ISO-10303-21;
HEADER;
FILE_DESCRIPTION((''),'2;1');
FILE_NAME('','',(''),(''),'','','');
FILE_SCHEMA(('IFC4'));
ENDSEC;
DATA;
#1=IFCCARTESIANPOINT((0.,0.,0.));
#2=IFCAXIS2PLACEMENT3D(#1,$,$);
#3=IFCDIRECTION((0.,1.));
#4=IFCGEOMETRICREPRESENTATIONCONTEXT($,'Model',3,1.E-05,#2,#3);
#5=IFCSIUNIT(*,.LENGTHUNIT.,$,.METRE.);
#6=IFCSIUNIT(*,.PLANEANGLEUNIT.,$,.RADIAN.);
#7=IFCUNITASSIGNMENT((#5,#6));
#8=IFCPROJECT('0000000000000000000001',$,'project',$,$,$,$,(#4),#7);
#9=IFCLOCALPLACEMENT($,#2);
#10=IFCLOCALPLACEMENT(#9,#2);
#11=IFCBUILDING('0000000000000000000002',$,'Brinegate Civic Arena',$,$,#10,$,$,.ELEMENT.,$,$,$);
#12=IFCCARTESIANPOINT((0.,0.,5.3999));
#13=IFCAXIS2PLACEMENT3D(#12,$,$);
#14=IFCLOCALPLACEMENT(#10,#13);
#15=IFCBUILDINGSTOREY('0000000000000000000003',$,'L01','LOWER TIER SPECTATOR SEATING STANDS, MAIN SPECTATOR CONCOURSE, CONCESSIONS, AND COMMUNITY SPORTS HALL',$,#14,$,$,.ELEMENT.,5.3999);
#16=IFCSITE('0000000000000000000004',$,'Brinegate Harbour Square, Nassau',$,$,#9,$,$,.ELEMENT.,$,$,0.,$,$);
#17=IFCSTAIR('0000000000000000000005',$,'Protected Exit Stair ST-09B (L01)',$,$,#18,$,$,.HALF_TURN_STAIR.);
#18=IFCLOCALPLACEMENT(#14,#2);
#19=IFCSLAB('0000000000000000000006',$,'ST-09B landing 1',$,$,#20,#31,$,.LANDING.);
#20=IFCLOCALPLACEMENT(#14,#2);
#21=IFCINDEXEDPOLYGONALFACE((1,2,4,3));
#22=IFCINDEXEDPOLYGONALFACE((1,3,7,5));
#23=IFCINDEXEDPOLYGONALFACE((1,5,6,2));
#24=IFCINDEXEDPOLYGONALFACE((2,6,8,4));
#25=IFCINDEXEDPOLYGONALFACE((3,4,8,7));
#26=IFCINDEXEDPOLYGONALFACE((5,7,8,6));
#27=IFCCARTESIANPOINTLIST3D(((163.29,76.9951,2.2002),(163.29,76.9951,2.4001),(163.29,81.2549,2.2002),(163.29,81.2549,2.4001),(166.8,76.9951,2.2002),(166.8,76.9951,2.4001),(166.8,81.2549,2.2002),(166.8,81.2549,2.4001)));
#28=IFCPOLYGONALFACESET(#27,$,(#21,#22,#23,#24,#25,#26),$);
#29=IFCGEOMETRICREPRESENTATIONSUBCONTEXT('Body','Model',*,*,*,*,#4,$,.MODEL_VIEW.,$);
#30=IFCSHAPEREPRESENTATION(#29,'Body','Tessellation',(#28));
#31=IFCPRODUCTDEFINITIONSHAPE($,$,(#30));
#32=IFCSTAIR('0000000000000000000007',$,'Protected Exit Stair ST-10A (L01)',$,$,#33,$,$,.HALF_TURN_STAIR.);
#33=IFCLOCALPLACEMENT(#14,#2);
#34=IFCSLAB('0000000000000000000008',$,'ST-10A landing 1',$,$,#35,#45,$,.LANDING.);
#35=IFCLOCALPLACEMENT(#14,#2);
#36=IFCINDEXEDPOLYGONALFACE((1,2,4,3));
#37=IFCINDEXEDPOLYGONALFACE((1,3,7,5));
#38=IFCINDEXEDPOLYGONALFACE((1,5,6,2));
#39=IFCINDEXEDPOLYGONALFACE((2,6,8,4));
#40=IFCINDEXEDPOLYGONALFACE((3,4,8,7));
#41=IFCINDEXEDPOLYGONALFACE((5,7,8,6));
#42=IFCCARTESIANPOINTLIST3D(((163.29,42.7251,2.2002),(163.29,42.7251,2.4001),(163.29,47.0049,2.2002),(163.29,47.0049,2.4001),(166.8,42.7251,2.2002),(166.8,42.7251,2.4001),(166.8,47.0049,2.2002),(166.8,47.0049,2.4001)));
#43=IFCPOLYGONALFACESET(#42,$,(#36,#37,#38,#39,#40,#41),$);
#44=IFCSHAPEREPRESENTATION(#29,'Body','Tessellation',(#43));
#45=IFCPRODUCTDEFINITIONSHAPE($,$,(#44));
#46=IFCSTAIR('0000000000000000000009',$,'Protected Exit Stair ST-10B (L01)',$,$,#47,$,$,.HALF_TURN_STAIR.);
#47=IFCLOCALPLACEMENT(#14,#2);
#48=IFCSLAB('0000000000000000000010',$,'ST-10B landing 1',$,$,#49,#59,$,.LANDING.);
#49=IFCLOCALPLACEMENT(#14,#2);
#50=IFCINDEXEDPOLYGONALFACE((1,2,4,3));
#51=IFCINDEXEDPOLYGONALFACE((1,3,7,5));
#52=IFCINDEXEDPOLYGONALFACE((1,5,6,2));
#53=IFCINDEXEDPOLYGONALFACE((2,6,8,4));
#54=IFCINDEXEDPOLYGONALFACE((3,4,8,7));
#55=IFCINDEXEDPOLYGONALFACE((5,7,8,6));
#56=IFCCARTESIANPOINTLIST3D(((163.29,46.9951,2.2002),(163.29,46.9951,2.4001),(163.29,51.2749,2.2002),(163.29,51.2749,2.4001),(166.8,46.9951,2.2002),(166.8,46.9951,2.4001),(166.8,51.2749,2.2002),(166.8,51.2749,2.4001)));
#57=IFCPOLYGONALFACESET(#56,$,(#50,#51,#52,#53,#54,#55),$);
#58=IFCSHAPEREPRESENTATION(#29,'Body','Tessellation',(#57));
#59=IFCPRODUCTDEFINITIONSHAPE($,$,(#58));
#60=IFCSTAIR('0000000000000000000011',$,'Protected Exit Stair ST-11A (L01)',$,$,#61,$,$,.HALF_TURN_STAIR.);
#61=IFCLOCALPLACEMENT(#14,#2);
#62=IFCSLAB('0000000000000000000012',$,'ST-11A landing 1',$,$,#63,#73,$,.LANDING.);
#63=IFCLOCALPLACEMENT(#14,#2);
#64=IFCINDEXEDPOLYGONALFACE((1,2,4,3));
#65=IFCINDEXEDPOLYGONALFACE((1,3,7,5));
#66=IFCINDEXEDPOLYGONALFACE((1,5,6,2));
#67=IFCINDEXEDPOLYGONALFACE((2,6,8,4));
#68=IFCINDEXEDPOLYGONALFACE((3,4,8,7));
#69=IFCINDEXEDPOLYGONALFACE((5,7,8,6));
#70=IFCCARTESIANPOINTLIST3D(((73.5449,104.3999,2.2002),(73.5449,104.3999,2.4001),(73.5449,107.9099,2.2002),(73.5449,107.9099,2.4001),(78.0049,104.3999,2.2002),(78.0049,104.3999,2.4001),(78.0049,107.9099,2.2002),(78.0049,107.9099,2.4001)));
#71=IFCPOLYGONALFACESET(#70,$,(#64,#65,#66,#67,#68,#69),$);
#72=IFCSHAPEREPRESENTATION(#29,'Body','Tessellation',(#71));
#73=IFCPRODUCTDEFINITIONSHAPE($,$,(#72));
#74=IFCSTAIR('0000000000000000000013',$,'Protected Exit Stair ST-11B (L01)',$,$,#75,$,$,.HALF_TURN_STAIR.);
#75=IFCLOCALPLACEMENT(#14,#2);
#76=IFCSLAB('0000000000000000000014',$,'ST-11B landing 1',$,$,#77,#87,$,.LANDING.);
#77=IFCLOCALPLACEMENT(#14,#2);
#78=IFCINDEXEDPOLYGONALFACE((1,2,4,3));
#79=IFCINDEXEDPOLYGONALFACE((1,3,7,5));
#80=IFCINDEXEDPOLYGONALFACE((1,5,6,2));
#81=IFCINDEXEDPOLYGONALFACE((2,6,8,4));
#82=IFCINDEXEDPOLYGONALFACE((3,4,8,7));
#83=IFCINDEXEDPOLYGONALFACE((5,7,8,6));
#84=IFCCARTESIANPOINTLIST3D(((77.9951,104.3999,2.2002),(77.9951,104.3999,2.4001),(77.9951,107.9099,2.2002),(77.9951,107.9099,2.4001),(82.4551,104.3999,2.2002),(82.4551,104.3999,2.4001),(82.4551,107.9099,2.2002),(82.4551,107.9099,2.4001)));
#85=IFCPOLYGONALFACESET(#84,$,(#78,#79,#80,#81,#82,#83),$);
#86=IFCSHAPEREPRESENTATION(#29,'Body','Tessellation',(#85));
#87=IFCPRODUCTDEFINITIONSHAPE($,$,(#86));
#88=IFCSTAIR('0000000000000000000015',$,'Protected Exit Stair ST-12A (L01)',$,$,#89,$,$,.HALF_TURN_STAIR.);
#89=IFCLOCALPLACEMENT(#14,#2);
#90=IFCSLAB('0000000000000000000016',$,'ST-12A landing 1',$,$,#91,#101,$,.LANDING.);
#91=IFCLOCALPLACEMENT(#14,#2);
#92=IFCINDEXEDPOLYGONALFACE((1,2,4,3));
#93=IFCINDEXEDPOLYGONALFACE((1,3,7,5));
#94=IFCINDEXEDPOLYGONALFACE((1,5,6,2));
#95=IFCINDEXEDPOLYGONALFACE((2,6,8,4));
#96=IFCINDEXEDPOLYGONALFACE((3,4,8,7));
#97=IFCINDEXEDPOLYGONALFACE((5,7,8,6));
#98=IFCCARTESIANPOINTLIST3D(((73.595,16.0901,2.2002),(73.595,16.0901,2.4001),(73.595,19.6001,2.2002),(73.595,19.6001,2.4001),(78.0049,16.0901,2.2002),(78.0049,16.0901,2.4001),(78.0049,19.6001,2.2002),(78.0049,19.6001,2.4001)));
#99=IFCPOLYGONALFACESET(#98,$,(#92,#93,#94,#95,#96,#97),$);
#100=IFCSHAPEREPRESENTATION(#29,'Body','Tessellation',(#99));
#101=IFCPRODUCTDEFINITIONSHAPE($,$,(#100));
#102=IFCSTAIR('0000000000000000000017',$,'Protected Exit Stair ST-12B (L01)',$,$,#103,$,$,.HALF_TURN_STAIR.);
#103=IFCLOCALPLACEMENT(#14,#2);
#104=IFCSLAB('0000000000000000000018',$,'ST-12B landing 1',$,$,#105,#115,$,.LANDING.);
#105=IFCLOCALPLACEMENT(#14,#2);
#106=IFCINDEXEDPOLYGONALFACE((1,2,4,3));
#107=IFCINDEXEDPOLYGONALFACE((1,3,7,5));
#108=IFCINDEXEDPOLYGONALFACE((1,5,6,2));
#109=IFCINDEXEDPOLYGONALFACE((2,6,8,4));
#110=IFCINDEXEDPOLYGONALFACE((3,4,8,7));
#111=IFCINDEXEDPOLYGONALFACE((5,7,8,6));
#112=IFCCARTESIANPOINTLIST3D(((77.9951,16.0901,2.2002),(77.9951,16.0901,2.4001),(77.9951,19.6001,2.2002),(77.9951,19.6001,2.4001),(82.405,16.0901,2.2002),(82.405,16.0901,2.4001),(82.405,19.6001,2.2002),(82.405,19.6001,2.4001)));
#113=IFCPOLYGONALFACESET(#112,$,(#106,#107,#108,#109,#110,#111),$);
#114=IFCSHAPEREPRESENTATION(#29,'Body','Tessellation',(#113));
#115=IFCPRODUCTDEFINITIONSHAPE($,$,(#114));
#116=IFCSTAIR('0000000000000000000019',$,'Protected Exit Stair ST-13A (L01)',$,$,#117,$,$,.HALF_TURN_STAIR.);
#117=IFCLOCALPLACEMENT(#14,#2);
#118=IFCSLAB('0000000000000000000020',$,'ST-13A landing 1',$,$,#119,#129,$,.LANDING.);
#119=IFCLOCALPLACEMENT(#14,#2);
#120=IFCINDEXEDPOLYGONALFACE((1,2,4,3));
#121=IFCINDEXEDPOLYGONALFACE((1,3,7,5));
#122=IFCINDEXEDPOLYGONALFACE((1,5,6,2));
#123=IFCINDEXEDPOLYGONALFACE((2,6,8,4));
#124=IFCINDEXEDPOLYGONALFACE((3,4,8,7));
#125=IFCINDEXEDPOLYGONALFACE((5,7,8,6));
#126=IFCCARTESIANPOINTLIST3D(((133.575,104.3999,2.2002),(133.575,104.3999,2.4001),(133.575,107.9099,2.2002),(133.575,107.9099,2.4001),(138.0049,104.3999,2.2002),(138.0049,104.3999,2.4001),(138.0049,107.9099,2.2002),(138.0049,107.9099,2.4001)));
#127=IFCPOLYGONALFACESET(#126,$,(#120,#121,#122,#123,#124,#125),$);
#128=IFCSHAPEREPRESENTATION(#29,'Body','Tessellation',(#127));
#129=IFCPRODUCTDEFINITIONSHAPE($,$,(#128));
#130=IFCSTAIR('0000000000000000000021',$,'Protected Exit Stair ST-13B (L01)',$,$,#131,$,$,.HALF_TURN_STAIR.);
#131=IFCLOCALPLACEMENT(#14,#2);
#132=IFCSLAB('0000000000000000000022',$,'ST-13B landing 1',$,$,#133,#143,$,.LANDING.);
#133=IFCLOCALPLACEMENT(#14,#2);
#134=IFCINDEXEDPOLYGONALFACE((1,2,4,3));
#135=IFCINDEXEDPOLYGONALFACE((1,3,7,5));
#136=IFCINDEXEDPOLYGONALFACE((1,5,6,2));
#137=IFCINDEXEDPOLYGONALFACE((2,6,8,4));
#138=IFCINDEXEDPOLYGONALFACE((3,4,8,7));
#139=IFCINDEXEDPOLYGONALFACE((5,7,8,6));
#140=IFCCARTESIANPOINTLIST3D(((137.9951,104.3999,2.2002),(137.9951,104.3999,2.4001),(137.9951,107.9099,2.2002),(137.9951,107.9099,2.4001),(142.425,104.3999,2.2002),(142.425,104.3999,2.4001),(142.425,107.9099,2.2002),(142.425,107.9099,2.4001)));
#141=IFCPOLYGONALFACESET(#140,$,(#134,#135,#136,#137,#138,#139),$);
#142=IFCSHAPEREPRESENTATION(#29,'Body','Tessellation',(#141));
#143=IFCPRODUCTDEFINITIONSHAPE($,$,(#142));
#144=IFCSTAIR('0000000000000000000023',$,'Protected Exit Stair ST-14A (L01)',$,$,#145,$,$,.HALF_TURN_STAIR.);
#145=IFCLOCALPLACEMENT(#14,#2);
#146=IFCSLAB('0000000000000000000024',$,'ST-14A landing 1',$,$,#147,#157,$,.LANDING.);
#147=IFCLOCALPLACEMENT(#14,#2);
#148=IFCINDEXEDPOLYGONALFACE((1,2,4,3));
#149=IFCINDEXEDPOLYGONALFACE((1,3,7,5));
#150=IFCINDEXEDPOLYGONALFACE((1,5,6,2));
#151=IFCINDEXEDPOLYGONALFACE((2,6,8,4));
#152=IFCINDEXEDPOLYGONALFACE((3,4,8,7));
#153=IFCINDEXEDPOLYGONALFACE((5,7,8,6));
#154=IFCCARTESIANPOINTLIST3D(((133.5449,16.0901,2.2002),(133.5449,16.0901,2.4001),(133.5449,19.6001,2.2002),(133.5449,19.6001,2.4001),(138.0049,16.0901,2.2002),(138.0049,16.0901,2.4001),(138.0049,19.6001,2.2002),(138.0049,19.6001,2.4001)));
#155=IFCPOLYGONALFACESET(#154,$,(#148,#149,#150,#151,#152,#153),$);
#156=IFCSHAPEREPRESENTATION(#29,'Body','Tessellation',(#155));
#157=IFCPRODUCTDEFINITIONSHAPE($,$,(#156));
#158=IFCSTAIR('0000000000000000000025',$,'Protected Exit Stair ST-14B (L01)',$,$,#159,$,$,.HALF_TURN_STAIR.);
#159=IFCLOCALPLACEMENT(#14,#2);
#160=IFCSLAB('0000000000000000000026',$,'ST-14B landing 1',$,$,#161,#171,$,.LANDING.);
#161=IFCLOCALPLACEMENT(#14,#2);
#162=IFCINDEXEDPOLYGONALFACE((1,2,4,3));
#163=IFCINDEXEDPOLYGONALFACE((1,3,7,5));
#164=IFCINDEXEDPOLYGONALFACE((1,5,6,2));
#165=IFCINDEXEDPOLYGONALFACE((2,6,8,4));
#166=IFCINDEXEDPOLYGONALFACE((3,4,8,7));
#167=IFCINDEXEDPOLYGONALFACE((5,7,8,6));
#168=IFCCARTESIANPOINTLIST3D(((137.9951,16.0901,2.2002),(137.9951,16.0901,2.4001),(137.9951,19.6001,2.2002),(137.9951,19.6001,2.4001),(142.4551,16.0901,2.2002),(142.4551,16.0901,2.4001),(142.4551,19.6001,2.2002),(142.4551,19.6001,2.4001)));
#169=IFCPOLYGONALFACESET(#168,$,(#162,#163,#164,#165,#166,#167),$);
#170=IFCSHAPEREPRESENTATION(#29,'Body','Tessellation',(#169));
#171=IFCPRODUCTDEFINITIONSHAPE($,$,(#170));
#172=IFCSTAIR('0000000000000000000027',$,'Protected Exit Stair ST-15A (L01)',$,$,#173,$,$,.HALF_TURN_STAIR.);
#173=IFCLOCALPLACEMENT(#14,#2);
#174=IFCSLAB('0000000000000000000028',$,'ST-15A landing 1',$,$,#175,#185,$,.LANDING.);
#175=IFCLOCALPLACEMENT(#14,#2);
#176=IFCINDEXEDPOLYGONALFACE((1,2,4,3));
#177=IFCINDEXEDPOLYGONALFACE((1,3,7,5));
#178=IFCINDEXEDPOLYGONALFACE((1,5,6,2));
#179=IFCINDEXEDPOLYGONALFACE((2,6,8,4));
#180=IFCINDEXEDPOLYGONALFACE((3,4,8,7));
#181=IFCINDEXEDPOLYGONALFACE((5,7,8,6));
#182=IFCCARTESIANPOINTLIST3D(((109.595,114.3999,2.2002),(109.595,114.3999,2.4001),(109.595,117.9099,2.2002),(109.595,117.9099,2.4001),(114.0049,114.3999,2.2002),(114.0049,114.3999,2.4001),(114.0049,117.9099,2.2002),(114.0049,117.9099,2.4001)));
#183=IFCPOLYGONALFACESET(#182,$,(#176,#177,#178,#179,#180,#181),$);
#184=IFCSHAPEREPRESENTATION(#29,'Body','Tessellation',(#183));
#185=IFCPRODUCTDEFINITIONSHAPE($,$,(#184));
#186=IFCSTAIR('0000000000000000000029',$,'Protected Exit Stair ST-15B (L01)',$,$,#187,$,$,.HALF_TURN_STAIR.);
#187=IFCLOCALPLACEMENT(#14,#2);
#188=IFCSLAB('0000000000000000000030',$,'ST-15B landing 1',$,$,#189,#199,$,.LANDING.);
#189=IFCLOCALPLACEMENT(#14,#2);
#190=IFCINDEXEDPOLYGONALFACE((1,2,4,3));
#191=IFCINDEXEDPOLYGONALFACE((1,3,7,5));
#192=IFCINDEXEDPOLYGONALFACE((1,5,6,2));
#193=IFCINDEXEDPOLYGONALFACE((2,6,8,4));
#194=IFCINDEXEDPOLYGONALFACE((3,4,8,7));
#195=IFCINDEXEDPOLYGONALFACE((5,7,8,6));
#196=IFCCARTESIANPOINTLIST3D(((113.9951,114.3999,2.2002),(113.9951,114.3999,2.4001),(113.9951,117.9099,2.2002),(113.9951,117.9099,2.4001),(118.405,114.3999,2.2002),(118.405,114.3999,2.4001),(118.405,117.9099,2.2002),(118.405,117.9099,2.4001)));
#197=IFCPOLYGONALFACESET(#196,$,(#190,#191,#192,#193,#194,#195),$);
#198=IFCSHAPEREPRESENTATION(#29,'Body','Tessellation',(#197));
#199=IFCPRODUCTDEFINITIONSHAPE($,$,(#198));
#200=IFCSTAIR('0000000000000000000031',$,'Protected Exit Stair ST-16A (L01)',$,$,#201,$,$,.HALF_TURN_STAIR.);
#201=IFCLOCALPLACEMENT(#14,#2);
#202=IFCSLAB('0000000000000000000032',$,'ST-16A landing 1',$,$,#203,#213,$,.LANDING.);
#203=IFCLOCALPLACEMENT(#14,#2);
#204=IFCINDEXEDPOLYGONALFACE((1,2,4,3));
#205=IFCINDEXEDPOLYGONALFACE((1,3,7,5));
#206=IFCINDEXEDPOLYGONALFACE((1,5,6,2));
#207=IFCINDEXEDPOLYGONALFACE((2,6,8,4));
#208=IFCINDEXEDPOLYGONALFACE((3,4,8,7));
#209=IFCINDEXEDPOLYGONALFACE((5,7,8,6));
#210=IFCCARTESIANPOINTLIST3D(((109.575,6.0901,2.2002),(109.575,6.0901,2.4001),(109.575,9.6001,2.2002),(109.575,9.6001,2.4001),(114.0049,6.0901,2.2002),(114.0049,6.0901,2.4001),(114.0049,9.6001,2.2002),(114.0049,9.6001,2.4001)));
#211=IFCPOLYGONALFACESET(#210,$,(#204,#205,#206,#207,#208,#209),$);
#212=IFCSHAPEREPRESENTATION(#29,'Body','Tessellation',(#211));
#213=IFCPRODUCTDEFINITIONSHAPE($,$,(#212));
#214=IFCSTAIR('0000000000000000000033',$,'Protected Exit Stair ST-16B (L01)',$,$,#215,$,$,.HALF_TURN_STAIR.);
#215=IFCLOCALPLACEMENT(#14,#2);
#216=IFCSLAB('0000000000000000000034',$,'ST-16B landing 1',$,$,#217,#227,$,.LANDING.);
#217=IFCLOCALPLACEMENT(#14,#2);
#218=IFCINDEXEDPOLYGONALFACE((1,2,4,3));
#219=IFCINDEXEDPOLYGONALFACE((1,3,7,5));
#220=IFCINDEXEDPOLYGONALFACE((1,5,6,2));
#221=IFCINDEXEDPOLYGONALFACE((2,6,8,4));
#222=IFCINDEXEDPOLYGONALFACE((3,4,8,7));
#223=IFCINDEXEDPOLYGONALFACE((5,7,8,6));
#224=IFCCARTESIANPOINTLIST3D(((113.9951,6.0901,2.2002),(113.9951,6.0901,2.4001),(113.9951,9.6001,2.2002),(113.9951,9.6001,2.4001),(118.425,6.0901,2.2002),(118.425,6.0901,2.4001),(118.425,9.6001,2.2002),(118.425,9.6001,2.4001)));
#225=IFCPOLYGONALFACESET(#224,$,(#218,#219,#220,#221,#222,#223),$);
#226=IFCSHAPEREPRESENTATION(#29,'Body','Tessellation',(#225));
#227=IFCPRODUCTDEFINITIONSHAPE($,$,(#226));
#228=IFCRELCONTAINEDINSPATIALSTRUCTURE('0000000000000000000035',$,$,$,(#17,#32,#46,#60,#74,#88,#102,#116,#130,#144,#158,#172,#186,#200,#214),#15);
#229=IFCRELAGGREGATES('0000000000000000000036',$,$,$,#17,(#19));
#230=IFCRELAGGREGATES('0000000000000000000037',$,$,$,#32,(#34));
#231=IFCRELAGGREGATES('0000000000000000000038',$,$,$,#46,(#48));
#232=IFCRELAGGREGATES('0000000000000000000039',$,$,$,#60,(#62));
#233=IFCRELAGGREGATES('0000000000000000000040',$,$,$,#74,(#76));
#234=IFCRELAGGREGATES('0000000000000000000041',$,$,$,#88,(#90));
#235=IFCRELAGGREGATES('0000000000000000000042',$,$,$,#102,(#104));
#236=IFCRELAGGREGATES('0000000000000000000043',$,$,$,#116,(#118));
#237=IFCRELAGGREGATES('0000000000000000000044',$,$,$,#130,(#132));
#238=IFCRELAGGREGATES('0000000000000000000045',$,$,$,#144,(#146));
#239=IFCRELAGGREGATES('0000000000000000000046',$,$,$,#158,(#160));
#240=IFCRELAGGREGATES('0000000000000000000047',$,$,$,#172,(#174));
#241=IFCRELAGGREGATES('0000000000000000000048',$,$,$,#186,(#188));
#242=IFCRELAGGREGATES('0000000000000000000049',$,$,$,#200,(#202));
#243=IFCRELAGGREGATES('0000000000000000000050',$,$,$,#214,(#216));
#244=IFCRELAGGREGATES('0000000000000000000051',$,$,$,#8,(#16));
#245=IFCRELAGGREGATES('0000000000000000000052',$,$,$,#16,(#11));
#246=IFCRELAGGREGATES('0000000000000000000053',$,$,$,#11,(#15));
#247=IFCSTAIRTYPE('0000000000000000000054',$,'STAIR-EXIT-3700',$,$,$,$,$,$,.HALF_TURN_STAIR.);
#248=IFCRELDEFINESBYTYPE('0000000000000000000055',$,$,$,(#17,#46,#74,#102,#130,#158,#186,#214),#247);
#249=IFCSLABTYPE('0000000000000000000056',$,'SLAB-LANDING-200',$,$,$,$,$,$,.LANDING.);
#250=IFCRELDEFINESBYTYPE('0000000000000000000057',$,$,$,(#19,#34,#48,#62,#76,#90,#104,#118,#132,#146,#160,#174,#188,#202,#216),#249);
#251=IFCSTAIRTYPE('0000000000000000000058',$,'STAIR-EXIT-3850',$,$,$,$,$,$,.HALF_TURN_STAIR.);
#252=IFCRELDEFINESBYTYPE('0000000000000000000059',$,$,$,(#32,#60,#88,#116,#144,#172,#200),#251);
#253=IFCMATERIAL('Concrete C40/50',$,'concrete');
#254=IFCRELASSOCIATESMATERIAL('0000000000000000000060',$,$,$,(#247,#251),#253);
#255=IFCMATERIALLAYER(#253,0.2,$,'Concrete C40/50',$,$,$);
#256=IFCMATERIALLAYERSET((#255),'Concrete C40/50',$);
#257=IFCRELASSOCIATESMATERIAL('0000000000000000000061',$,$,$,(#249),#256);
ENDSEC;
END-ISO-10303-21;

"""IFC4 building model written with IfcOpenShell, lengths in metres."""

from ifc_helpers import new_model, si_unit, direction, frame, origin, place, context, subcontext, project, spatial, polyline, outline, extrude, material, layer, layer_set, type_object, element, aggregate, save


model = new_model("IFC4")

# Units and contexts
model_context = context("Model", 3, precision=1e-05, world=origin(), true_north=direction((0.0, 1.0)))
body_context = subcontext(model_context, "Body", "Model", "MODEL_VIEW")
ifc_project = project(units=[si_unit("LENGTHUNIT", "METRE"), si_unit("PLANEANGLEUNIT", "RADIAN")], contexts=[model_context])

# Site, building, storey
site_placement = place(None, origin())
site = spatial("IfcSite", under=ifc_project, at=site_placement, Name="Brinegate Harbour Square, Nassau", CompositionType="ELEMENT", RefElevation=0.0)
building_placement = place(site_placement, origin())
building = spatial("IfcBuilding", under=site, at=building_placement, Name="Brinegate Civic Arena", CompositionType="ELEMENT")
storey_placement = place(building_placement, frame((0.0, 0.0, 5.3999)))
storey = spatial("IfcBuildingStorey", under=building, at=storey_placement, Name="L01", Description="LOWER TIER SPECTATOR SEATING STANDS, MAIN SPECTATOR CONCOURSE, CONCESSIONS, AND COMMUNITY SPORTS HALL", CompositionType="ELEMENT", Elevation=5.3999)

# Stairs, slabs
ifc_material_1 = material(Name="Concrete C40/50", Category="concrete")
stair_type_1 = type_object("IfcStairType", Name="STAIR-EXIT-3700", PredefinedType="HALF_TURN_STAIR", material=ifc_material_1)
stair_1_placement = place(storey_placement, origin())
stair_1 = element("IfcStair", 1, at=stair_1_placement, inside=storey, type_object=stair_type_1, Name="Protected Exit Stair ST-09B (L01)", PredefinedType="HALF_TURN_STAIR")
ifc_layer_1 = layer(ifc_material_1, 0.2, Name="Concrete C40/50")
ifc_layer_set_1 = layer_set([ifc_layer_1], Name="Concrete C40/50")
slab_type = type_object("IfcSlabType", Name="SLAB-LANDING-200", PredefinedType="LANDING", material=ifc_layer_set_1)
slab_1_placement = place(storey_placement, frame((0.0, 0.0, 2.2002)))
slab_1 = element("IfcSlab", 2, at=slab_1_placement, type_object=slab_type, Name="ST-09B landing 1", PredefinedType="LANDING", context=body_context, shape_type="SweptSolid", body=[
    extrude(outline(polyline([(163.29, 76.9951), (166.8, 76.9951), (166.8, 81.2549), (163.29, 81.2549), (163.29, 76.9951)])), origin(), (0.0, 0.0, 1.0), 0.2),
])
aggregate(stair_1, [slab_1])
stair_type_2 = type_object("IfcStairType", Name="STAIR-EXIT-3850", PredefinedType="HALF_TURN_STAIR", material=ifc_material_1)
stair_2_placement = place(storey_placement, origin())
stair_2 = element("IfcStair", 3, at=stair_2_placement, inside=storey, type_object=stair_type_2, Name="Protected Exit Stair ST-10A (L01)", PredefinedType="HALF_TURN_STAIR")
slab_2_placement = place(storey_placement, frame((0.0, 0.0, 2.2002)))
slab_2 = element("IfcSlab", 4, at=slab_2_placement, type_object=slab_type, Name="ST-10A landing 1", PredefinedType="LANDING", context=body_context, shape_type="SweptSolid", body=[
    extrude(outline(polyline([(163.29, 42.7251), (166.8, 42.7251), (166.8, 47.0049), (163.29, 47.0049), (163.29, 42.7251)])), origin(), (0.0, 0.0, 1.0), 0.2),
])
aggregate(stair_2, [slab_2])
stair_3_placement = place(storey_placement, origin())
stair_3 = element("IfcStair", 5, at=stair_3_placement, inside=storey, type_object=stair_type_1, Name="Protected Exit Stair ST-10B (L01)", PredefinedType="HALF_TURN_STAIR")
slab_3_placement = place(storey_placement, frame((0.0, 0.0, 2.2002)))
slab_3 = element("IfcSlab", 6, at=slab_3_placement, type_object=slab_type, Name="ST-10B landing 1", PredefinedType="LANDING", context=body_context, shape_type="SweptSolid", body=[
    extrude(outline(polyline([(163.29, 46.9951), (166.8, 46.9951), (166.8, 51.2749), (163.29, 51.2749), (163.29, 46.9951)])), origin(), (0.0, 0.0, 1.0), 0.2),
])
aggregate(stair_3, [slab_3])
stair_4_placement = place(storey_placement, origin())
stair_4 = element("IfcStair", 7, at=stair_4_placement, inside=storey, type_object=stair_type_2, Name="Protected Exit Stair ST-11A (L01)", PredefinedType="HALF_TURN_STAIR")
slab_4_placement = place(storey_placement, frame((0.0, 0.0, 2.2002)))
slab_4 = element("IfcSlab", 8, at=slab_4_placement, type_object=slab_type, Name="ST-11A landing 1", PredefinedType="LANDING", context=body_context, shape_type="SweptSolid", body=[
    extrude(outline(polyline([(73.5449, 104.3999), (78.0049, 104.3999), (78.0049, 107.9099), (73.5449, 107.9099), (73.5449, 104.3999)])), origin(), (0.0, 0.0, 1.0), 0.2),
])
aggregate(stair_4, [slab_4])
stair_5_placement = place(storey_placement, origin())
stair_5 = element("IfcStair", 9, at=stair_5_placement, inside=storey, type_object=stair_type_1, Name="Protected Exit Stair ST-11B (L01)", PredefinedType="HALF_TURN_STAIR")
slab_5_placement = place(storey_placement, frame((0.0, 0.0, 2.2002)))
slab_5 = element("IfcSlab", 10, at=slab_5_placement, type_object=slab_type, Name="ST-11B landing 1", PredefinedType="LANDING", context=body_context, shape_type="SweptSolid", body=[
    extrude(outline(polyline([(77.9951, 104.3999), (82.4551, 104.3999), (82.4551, 107.9099), (77.9951, 107.9099), (77.9951, 104.3999)])), origin(), (0.0, 0.0, 1.0), 0.2),
])
aggregate(stair_5, [slab_5])
stair_6_placement = place(storey_placement, origin())
stair_6 = element("IfcStair", 11, at=stair_6_placement, inside=storey, type_object=stair_type_2, Name="Protected Exit Stair ST-12A (L01)", PredefinedType="HALF_TURN_STAIR")
slab_6_placement = place(storey_placement, frame((0.0, 0.0, 2.2002)))
slab_6 = element("IfcSlab", 12, at=slab_6_placement, type_object=slab_type, Name="ST-12A landing 1", PredefinedType="LANDING", context=body_context, shape_type="SweptSolid", body=[
    extrude(outline(polyline([(73.595, 16.0901), (78.0049, 16.0901), (78.0049, 19.6001), (73.595, 19.6001), (73.595, 16.0901)])), origin(), (0.0, 0.0, 1.0), 0.2),
])
aggregate(stair_6, [slab_6])
stair_7_placement = place(storey_placement, origin())
stair_7 = element("IfcStair", 13, at=stair_7_placement, inside=storey, type_object=stair_type_1, Name="Protected Exit Stair ST-12B (L01)", PredefinedType="HALF_TURN_STAIR")
slab_7_placement = place(storey_placement, frame((0.0, 0.0, 2.2002)))
slab_7 = element("IfcSlab", 14, at=slab_7_placement, type_object=slab_type, Name="ST-12B landing 1", PredefinedType="LANDING", context=body_context, shape_type="SweptSolid", body=[
    extrude(outline(polyline([(77.9951, 16.0901), (82.405, 16.0901), (82.405, 19.6001), (77.9951, 19.6001), (77.9951, 16.0901)])), origin(), (0.0, 0.0, 1.0), 0.2),
])
aggregate(stair_7, [slab_7])
stair_8_placement = place(storey_placement, origin())
stair_8 = element("IfcStair", 15, at=stair_8_placement, inside=storey, type_object=stair_type_2, Name="Protected Exit Stair ST-13A (L01)", PredefinedType="HALF_TURN_STAIR")
slab_8_placement = place(storey_placement, frame((0.0, 0.0, 2.2002)))
slab_8 = element("IfcSlab", 16, at=slab_8_placement, type_object=slab_type, Name="ST-13A landing 1", PredefinedType="LANDING", context=body_context, shape_type="SweptSolid", body=[
    extrude(outline(polyline([(133.575, 104.3999), (138.0049, 104.3999), (138.0049, 107.9099), (133.575, 107.9099), (133.575, 104.3999)])), origin(), (0.0, 0.0, 1.0), 0.2),
])
aggregate(stair_8, [slab_8])
stair_9_placement = place(storey_placement, origin())
stair_9 = element("IfcStair", 17, at=stair_9_placement, inside=storey, type_object=stair_type_1, Name="Protected Exit Stair ST-13B (L01)", PredefinedType="HALF_TURN_STAIR")
slab_9_placement = place(storey_placement, frame((0.0, 0.0, 2.2002)))
slab_9 = element("IfcSlab", 18, at=slab_9_placement, type_object=slab_type, Name="ST-13B landing 1", PredefinedType="LANDING", context=body_context, shape_type="SweptSolid", body=[
    extrude(outline(polyline([(137.9951, 104.3999), (142.425, 104.3999), (142.425, 107.9099), (137.9951, 107.9099), (137.9951, 104.3999)])), origin(), (0.0, 0.0, 1.0), 0.2),
])
aggregate(stair_9, [slab_9])
stair_10_placement = place(storey_placement, origin())
stair_10 = element("IfcStair", 19, at=stair_10_placement, inside=storey, type_object=stair_type_2, Name="Protected Exit Stair ST-14A (L01)", PredefinedType="HALF_TURN_STAIR")
slab_10_placement = place(storey_placement, frame((0.0, 0.0, 2.2002)))
slab_10 = element("IfcSlab", 20, at=slab_10_placement, type_object=slab_type, Name="ST-14A landing 1", PredefinedType="LANDING", context=body_context, shape_type="SweptSolid", body=[
    extrude(outline(polyline([(133.5449, 16.0901), (138.0049, 16.0901), (138.0049, 19.6001), (133.5449, 19.6001), (133.5449, 16.0901)])), origin(), (0.0, 0.0, 1.0), 0.2),
])
aggregate(stair_10, [slab_10])
stair_11_placement = place(storey_placement, origin())
stair_11 = element("IfcStair", 21, at=stair_11_placement, inside=storey, type_object=stair_type_1, Name="Protected Exit Stair ST-14B (L01)", PredefinedType="HALF_TURN_STAIR")
slab_11_placement = place(storey_placement, frame((0.0, 0.0, 2.2002)))
slab_11 = element("IfcSlab", 22, at=slab_11_placement, type_object=slab_type, Name="ST-14B landing 1", PredefinedType="LANDING", context=body_context, shape_type="SweptSolid", body=[
    extrude(outline(polyline([(137.9951, 16.0901), (142.4551, 16.0901), (142.4551, 19.6001), (137.9951, 19.6001), (137.9951, 16.0901)])), origin(), (0.0, 0.0, 1.0), 0.2),
])
aggregate(stair_11, [slab_11])
stair_12_placement = place(storey_placement, origin())
stair_12 = element("IfcStair", 23, at=stair_12_placement, inside=storey, type_object=stair_type_2, Name="Protected Exit Stair ST-15A (L01)", PredefinedType="HALF_TURN_STAIR")
slab_12_placement = place(storey_placement, frame((0.0, 0.0, 2.2002)))
slab_12 = element("IfcSlab", 24, at=slab_12_placement, type_object=slab_type, Name="ST-15A landing 1", PredefinedType="LANDING", context=body_context, shape_type="SweptSolid", body=[
    extrude(outline(polyline([(109.595, 114.3999), (114.0049, 114.3999), (114.0049, 117.9099), (109.595, 117.9099), (109.595, 114.3999)])), origin(), (0.0, 0.0, 1.0), 0.2),
])
aggregate(stair_12, [slab_12])
stair_13_placement = place(storey_placement, origin())
stair_13 = element("IfcStair", 25, at=stair_13_placement, inside=storey, type_object=stair_type_1, Name="Protected Exit Stair ST-15B (L01)", PredefinedType="HALF_TURN_STAIR")
slab_13_placement = place(storey_placement, frame((0.0, 0.0, 2.2002)))
slab_13 = element("IfcSlab", 26, at=slab_13_placement, type_object=slab_type, Name="ST-15B landing 1", PredefinedType="LANDING", context=body_context, shape_type="SweptSolid", body=[
    extrude(outline(polyline([(113.9951, 114.3999), (118.405, 114.3999), (118.405, 117.9099), (113.9951, 117.9099), (113.9951, 114.3999)])), origin(), (0.0, 0.0, 1.0), 0.2),
])
aggregate(stair_13, [slab_13])
stair_14_placement = place(storey_placement, origin())
stair_14 = element("IfcStair", 27, at=stair_14_placement, inside=storey, type_object=stair_type_2, Name="Protected Exit Stair ST-16A (L01)", PredefinedType="HALF_TURN_STAIR")
slab_14_placement = place(storey_placement, frame((0.0, 0.0, 2.2002)))
slab_14 = element("IfcSlab", 28, at=slab_14_placement, type_object=slab_type, Name="ST-16A landing 1", PredefinedType="LANDING", context=body_context, shape_type="SweptSolid", body=[
    extrude(outline(polyline([(109.575, 6.0901), (114.0049, 6.0901), (114.0049, 9.6001), (109.575, 9.6001), (109.575, 6.0901)])), origin(), (0.0, 0.0, 1.0), 0.2),
])
aggregate(stair_14, [slab_14])
stair_15_placement = place(storey_placement, origin())
stair_15 = element("IfcStair", 29, at=stair_15_placement, inside=storey, type_object=stair_type_1, Name="Protected Exit Stair ST-16B (L01)", PredefinedType="HALF_TURN_STAIR")
slab_15_placement = place(storey_placement, frame((0.0, 0.0, 2.2002)))
slab_15 = element("IfcSlab", 30, at=slab_15_placement, type_object=slab_type, Name="ST-16B landing 1", PredefinedType="LANDING", context=body_context, shape_type="SweptSolid", body=[
    extrude(outline(polyline([(113.9951, 6.0901), (118.425, 6.0901), (118.425, 9.6001), (113.9951, 9.6001), (113.9951, 6.0901)])), origin(), (0.0, 0.0, 1.0), 0.2),
])
aggregate(stair_15, [slab_15])

save(model, "model.ifc")
